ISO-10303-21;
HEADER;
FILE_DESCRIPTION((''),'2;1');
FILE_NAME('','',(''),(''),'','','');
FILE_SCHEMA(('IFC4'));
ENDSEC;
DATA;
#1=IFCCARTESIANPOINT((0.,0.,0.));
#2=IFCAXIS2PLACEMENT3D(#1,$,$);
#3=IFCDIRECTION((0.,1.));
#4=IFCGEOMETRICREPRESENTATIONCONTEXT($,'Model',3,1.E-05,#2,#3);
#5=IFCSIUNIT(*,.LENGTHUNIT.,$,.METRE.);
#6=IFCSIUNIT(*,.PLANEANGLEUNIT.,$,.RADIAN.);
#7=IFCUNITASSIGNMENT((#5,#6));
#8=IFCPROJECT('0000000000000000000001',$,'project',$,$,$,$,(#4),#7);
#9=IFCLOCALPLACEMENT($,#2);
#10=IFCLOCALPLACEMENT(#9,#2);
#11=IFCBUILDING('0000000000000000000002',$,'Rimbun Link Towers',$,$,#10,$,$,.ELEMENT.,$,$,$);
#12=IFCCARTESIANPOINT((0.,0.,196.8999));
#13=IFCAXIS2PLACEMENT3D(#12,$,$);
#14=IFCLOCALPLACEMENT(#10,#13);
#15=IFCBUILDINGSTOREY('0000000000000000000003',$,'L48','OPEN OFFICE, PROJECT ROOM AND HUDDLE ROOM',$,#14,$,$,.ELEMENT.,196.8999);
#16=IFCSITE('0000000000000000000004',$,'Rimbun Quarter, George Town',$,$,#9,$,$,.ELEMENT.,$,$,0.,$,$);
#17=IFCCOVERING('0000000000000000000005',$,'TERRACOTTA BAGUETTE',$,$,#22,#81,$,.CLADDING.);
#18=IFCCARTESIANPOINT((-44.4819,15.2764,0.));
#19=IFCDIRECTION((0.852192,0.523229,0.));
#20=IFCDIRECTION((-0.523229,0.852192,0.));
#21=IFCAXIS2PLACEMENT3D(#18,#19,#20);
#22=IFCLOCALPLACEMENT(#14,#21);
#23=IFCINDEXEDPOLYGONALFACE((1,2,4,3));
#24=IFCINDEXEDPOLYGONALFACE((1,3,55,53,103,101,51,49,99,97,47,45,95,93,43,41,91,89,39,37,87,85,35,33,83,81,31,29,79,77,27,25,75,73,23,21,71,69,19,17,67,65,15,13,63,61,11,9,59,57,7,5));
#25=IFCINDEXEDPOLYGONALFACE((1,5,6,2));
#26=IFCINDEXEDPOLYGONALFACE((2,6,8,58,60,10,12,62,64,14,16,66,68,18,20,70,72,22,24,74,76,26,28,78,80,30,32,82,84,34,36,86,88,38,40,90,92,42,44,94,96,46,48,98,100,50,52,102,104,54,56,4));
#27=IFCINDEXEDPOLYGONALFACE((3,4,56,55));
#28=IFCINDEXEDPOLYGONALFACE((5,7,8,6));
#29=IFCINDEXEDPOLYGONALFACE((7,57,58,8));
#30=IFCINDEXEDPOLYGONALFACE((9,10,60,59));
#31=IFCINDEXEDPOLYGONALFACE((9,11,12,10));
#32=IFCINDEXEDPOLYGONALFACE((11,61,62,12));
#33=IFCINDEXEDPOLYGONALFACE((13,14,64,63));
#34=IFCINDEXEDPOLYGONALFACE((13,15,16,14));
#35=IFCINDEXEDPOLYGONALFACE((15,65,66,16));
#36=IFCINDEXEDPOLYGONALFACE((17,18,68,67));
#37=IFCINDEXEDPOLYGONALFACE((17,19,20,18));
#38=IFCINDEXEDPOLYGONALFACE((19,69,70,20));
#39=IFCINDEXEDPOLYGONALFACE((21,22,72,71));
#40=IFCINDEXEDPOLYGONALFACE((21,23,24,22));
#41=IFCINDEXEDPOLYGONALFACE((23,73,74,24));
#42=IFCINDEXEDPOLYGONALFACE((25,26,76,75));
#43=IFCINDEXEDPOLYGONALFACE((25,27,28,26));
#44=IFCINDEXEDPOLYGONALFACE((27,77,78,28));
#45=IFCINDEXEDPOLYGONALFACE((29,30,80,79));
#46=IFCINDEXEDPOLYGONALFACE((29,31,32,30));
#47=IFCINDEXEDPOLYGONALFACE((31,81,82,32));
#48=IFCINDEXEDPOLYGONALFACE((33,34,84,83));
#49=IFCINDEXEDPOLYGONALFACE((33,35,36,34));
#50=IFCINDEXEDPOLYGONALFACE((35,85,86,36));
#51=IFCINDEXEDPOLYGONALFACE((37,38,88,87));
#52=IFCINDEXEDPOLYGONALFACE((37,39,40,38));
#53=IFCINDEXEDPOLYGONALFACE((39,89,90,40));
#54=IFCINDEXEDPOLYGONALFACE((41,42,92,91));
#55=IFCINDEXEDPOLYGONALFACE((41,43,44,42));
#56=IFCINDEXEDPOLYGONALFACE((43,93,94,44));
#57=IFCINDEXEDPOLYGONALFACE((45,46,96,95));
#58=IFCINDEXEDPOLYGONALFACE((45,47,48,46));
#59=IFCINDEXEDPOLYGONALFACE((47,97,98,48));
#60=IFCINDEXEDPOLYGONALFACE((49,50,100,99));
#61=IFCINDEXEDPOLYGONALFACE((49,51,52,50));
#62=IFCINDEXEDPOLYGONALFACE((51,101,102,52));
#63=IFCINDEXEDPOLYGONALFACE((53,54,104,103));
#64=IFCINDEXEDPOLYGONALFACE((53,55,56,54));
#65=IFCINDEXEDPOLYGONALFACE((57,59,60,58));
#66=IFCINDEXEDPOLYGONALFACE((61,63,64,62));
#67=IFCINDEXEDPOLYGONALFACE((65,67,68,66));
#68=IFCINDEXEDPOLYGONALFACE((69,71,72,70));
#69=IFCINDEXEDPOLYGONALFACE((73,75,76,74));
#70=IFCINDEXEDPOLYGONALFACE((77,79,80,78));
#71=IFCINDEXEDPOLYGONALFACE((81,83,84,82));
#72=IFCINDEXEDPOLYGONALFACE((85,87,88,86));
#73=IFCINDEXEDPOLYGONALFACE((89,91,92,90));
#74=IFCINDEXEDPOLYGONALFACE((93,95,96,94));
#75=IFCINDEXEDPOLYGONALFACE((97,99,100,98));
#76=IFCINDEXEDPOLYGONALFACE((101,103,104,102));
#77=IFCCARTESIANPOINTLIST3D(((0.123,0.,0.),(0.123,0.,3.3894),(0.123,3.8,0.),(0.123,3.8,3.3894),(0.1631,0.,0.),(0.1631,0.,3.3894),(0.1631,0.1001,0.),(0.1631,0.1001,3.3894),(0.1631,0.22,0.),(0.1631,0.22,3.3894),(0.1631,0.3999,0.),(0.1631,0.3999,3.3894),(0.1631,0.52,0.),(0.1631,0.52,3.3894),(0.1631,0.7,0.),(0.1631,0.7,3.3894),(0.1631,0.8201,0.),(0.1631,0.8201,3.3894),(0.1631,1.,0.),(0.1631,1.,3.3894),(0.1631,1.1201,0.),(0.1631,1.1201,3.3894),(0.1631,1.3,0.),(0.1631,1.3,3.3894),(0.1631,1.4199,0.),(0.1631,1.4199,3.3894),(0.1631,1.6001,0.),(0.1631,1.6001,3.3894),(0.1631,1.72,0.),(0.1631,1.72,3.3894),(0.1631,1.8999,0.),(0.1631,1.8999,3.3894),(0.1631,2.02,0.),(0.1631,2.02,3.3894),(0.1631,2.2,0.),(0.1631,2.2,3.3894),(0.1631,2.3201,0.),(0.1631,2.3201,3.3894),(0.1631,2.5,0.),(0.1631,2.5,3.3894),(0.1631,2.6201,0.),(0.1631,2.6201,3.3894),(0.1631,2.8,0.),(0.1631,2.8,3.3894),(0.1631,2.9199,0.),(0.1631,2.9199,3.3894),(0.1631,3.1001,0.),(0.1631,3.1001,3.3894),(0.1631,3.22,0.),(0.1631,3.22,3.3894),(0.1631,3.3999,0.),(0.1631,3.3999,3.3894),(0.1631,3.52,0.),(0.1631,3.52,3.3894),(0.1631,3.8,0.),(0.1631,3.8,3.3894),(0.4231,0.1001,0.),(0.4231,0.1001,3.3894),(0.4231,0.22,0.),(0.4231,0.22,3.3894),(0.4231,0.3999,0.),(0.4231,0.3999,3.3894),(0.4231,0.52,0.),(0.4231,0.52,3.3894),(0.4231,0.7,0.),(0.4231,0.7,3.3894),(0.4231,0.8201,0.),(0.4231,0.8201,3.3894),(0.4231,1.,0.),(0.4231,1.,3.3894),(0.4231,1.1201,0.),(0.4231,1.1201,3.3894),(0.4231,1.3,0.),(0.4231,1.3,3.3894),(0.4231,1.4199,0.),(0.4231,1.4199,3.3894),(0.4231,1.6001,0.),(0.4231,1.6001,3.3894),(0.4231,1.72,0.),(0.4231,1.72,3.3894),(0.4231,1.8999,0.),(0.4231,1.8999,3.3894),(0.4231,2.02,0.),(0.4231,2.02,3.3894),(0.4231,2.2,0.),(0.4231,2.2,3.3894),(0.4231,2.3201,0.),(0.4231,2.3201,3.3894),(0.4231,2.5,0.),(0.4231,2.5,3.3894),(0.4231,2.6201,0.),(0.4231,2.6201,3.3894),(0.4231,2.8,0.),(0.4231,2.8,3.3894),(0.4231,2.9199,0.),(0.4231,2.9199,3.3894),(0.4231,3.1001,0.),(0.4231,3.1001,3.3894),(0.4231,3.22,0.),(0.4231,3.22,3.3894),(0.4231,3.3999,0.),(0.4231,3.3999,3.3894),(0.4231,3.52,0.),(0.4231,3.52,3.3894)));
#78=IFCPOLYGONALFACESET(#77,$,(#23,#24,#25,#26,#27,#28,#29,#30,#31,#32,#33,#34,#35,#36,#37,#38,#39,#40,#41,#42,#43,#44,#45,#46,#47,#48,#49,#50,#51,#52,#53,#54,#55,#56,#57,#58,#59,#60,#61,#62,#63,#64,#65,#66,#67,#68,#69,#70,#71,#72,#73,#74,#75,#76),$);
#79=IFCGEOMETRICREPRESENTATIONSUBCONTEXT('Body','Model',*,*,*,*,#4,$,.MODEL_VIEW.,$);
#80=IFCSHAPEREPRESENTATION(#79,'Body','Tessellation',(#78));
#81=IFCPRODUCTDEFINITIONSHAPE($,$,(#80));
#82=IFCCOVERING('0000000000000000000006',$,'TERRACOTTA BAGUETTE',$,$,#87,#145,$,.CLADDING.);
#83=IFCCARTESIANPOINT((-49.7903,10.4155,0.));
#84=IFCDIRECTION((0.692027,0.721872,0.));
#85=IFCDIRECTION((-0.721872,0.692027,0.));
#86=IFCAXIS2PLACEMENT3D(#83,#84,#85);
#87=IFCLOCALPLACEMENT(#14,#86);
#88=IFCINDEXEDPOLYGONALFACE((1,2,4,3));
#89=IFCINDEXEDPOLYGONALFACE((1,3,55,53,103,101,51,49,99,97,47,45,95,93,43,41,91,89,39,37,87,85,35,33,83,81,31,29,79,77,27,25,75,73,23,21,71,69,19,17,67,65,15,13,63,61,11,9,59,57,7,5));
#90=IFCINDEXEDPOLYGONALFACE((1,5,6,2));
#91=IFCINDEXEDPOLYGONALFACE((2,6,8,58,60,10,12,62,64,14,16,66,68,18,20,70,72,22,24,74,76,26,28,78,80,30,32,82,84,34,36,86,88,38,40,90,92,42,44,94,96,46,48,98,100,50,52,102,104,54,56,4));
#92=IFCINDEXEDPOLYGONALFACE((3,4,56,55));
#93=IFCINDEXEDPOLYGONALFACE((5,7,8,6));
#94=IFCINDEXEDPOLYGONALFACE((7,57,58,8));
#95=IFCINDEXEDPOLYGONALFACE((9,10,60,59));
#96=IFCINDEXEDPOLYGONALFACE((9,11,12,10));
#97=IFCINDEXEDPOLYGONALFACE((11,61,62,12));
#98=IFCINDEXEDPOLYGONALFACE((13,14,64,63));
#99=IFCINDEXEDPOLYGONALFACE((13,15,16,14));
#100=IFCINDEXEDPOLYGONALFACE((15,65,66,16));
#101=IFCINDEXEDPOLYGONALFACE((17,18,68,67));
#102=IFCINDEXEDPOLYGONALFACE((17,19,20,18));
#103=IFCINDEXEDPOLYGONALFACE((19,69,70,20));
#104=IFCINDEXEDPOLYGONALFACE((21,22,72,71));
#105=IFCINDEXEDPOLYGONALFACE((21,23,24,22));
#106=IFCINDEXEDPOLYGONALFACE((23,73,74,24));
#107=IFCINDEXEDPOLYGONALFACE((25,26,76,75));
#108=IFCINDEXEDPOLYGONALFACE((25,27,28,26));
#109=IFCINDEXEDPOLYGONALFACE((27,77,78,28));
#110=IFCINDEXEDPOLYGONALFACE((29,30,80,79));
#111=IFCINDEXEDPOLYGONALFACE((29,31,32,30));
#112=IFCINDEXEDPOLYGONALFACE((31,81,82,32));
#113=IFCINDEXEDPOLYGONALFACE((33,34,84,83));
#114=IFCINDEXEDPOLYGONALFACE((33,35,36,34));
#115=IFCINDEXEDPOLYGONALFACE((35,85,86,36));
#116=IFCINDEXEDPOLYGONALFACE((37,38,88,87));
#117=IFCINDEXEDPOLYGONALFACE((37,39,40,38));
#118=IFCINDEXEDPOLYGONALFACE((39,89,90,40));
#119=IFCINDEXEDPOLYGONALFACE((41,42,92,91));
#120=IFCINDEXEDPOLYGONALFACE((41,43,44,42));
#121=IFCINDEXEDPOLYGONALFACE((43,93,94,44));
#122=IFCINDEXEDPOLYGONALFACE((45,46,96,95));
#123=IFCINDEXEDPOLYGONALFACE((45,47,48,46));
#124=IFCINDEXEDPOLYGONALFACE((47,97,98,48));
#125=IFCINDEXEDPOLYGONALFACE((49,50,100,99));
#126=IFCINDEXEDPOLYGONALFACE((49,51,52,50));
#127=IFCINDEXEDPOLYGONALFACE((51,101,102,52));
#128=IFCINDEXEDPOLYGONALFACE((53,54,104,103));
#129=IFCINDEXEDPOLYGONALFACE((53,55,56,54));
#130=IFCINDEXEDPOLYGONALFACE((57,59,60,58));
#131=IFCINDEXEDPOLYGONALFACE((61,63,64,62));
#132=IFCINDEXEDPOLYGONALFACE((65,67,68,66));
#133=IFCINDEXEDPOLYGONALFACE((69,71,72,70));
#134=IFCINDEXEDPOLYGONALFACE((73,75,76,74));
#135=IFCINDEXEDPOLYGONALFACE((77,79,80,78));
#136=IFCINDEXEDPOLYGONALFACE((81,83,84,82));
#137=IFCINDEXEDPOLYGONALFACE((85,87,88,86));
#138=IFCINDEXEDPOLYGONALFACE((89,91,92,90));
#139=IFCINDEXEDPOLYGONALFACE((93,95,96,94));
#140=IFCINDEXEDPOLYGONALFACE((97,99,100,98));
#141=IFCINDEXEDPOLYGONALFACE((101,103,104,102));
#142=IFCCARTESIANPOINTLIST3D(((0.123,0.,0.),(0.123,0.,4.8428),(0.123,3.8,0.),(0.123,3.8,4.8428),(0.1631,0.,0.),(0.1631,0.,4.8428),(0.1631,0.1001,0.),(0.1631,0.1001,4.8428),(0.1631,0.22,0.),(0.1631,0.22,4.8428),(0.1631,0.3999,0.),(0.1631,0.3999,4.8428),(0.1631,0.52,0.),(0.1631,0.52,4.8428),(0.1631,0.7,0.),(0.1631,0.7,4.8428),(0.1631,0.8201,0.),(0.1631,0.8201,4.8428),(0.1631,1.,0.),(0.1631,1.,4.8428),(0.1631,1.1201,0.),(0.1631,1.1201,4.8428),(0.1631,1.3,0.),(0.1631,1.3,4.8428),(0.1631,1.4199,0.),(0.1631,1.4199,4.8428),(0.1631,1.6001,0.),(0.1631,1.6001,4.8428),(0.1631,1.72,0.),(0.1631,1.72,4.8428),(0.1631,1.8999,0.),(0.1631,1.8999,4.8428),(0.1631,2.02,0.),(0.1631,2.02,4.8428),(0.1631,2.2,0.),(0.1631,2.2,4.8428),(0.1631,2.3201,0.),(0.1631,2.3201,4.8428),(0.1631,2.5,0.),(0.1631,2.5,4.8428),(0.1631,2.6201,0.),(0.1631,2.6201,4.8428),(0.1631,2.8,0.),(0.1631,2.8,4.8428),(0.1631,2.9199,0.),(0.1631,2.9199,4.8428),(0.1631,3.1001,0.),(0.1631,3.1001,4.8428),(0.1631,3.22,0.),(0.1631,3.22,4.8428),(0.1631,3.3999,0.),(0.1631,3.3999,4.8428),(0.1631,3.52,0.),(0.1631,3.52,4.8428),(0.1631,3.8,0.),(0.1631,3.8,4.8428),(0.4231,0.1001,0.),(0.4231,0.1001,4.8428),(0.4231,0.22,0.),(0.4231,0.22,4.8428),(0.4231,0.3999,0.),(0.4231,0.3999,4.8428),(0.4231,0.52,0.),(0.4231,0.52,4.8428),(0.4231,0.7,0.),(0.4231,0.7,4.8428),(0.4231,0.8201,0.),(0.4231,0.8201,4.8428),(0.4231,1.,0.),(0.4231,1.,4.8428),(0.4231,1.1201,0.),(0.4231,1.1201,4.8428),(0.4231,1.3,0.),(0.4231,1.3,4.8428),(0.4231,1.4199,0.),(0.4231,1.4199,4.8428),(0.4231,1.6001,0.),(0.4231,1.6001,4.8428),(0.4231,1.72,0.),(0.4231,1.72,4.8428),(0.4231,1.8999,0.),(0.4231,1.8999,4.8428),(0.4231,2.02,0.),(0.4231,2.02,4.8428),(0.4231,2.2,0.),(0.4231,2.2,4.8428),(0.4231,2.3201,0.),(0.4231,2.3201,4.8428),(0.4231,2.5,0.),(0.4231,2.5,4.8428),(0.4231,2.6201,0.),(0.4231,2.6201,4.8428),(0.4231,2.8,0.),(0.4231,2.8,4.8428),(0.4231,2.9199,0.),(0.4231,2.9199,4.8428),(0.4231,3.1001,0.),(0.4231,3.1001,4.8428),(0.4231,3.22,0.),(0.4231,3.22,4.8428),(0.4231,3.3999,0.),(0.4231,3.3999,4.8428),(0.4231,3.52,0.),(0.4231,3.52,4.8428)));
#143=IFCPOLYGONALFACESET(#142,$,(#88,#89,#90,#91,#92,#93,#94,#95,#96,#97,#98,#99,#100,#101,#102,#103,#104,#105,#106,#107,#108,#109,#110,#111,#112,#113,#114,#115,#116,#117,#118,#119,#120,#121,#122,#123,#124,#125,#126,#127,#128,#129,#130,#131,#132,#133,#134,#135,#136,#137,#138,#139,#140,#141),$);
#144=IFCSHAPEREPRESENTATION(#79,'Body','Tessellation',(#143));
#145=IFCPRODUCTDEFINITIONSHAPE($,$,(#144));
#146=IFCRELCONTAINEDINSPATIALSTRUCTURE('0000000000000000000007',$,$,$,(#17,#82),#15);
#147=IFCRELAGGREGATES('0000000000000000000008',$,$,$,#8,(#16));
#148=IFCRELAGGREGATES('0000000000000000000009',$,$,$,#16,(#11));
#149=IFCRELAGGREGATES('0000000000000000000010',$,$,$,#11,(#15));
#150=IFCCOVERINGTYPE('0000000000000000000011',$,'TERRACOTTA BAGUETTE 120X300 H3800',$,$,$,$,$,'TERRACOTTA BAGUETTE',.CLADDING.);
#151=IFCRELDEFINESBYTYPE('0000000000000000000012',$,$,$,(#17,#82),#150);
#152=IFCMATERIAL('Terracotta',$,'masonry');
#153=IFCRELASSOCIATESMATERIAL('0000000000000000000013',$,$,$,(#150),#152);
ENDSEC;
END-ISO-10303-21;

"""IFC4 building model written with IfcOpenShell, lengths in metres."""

from ifc_helpers import new_model, si_unit, direction, frame, origin, place, context, subcontext, project, spatial, polyline, outline, extrude, material, material_profile, profile_set, type_object, element, save


model = new_model("IFC4")

# Units and contexts
model_context = context("Model", 3, precision=1e-05, world=origin(), true_north=direction((0.0, 1.0)))
body_context = subcontext(model_context, "Body", "Model", "MODEL_VIEW")
ifc_project = project(units=[si_unit("LENGTHUNIT", "METRE"), si_unit("PLANEANGLEUNIT", "RADIAN")], contexts=[model_context])

# Site, building, storey
site_placement = place(None, origin())
site = spatial("IfcSite", under=ifc_project, at=site_placement, Name="Rimbun Quarter, George Town", CompositionType="ELEMENT", RefElevation=0.0)
building_placement = place(site_placement, origin())
building = spatial("IfcBuilding", under=site, at=building_placement, Name="Rimbun Link Towers", CompositionType="ELEMENT")
storey_placement = place(building_placement, frame((0.0, 0.0, 196.8999)))
storey = spatial("IfcBuildingStorey", under=building, at=storey_placement, Name="L48", Description="OPEN OFFICE, PROJECT ROOM AND HUDDLE ROOM", CompositionType="ELEMENT", Elevation=196.8999)

# Coverings
ifc_material_1 = material(Name="Terracotta", Category="masonry")
ifc_material_profile_1 = material_profile(ifc_material_1, outline(polyline([(0.123, 0.0), (0.1631, 0.0), (0.1631, 0.1001), (0.4231, 0.1001), (0.4231, 0.22), (0.1631, 0.22), (0.1631, 0.3999), (0.4231, 0.3999), (0.4231, 0.52), (0.1631, 0.52), (0.1631, 0.7), (0.4231, 0.7), (0.4231, 0.8201), (0.1631, 0.8201), (0.1631, 1.0), (0.4231, 1.0), (0.4231, 1.1201), (0.1631, 1.1201), (0.1631, 1.3), (0.4231, 1.3), (0.4231, 1.4199), (0.1631, 1.4199), (0.1631, 1.6001), (0.4231, 1.6001), (0.4231, 1.72), (0.1631, 1.72), (0.1631, 1.8999), (0.4231, 1.8999), (0.4231, 2.02), (0.1631, 2.02), (0.1631, 2.2), (0.4231, 2.2), (0.4231, 2.3201), (0.1631, 2.3201), (0.1631, 2.5), (0.4231, 2.5), (0.4231, 2.6201), (0.1631, 2.6201), (0.1631, 2.8), (0.4231, 2.8), (0.4231, 2.9199), (0.1631, 2.9199), (0.1631, 3.1001), (0.4231, 3.1001), (0.4231, 3.22), (0.1631, 3.22), (0.1631, 3.3999), (0.4231, 3.3999), (0.4231, 3.52), (0.1631, 3.52), (0.1631, 3.8), (0.123, 3.8), (0.123, 0.0)])), Name="BAGUETTE 120X300")
ifc_profile_set_1 = profile_set([ifc_material_profile_1], Name="Terracotta")
covering_type = type_object("IfcCoveringType", Name="TERRACOTTA BAGUETTE 120X300 H3800", ElementType="TERRACOTTA BAGUETTE", PredefinedType="CLADDING", material=ifc_profile_set_1)
covering_1_placement = place(storey_placement, frame((-44.4819, 15.2764, 0.0), z_axis=(0.852192, 0.523229, 0.0), x_axis=(-0.523229, 0.852192, 0.0)))
element("IfcCovering", 1, at=covering_1_placement, inside=storey, type_object=covering_type, Name="TERRACOTTA BAGUETTE", PredefinedType="CLADDING", context=body_context, shape_type="SweptSolid", body=[
    extrude(outline(polyline([(0.123, 0.0), (0.1631, 0.0), (0.1631, 0.1001), (0.4231, 0.1001), (0.4231, 0.22), (0.1631, 0.22), (0.1631, 0.3999), (0.4231, 0.3999), (0.4231, 0.52), (0.1631, 0.52), (0.1631, 0.7), (0.4231, 0.7), (0.4231, 0.8201), (0.1631, 0.8201), (0.1631, 1.0), (0.4231, 1.0), (0.4231, 1.1201), (0.1631, 1.1201), (0.1631, 1.3), (0.4231, 1.3), (0.4231, 1.4199), (0.1631, 1.4199), (0.1631, 1.6001), (0.4231, 1.6001), (0.4231, 1.72), (0.1631, 1.72), (0.1631, 1.8999), (0.4231, 1.8999), (0.4231, 2.02), (0.1631, 2.02), (0.1631, 2.2), (0.4231, 2.2), (0.4231, 2.3201), (0.1631, 2.3201), (0.1631, 2.5), (0.4231, 2.5), (0.4231, 2.6201), (0.1631, 2.6201), (0.1631, 2.8), (0.4231, 2.8), (0.4231, 2.9199), (0.1631, 2.9199), (0.1631, 3.1001), (0.4231, 3.1001), (0.4231, 3.22), (0.1631, 3.22), (0.1631, 3.3999), (0.4231, 3.3999), (0.4231, 3.52), (0.1631, 3.52), (0.1631, 3.8), (0.123, 3.8), (0.123, 0.0)])), origin(), (0.0, 0.0, 1.0), 3.3894),
])
covering_2_placement = place(storey_placement, frame((-49.7903, 10.4155, 0.0), z_axis=(0.692027, 0.721872, 0.0), x_axis=(-0.721872, 0.692027, 0.0)))
element("IfcCovering", 2, at=covering_2_placement, inside=storey, type_object=covering_type, Name="TERRACOTTA BAGUETTE", PredefinedType="CLADDING", context=body_context, shape_type="SweptSolid", body=[
    extrude(outline(polyline([(0.123, 0.0), (0.1631, 0.0), (0.1631, 0.1001), (0.4231, 0.1001), (0.4231, 0.22), (0.1631, 0.22), (0.1631, 0.3999), (0.4231, 0.3999), (0.4231, 0.52), (0.1631, 0.52), (0.1631, 0.7), (0.4231, 0.7), (0.4231, 0.8201), (0.1631, 0.8201), (0.1631, 1.0), (0.4231, 1.0), (0.4231, 1.1201), (0.1631, 1.1201), (0.1631, 1.3), (0.4231, 1.3), (0.4231, 1.4199), (0.1631, 1.4199), (0.1631, 1.6001), (0.4231, 1.6001), (0.4231, 1.72), (0.1631, 1.72), (0.1631, 1.8999), (0.4231, 1.8999), (0.4231, 2.02), (0.1631, 2.02), (0.1631, 2.2), (0.4231, 2.2), (0.4231, 2.3201), (0.1631, 2.3201), (0.1631, 2.5), (0.4231, 2.5), (0.4231, 2.6201), (0.1631, 2.6201), (0.1631, 2.8), (0.4231, 2.8), (0.4231, 2.9199), (0.1631, 2.9199), (0.1631, 3.1001), (0.4231, 3.1001), (0.4231, 3.22), (0.1631, 3.22), (0.1631, 3.3999), (0.4231, 3.3999), (0.4231, 3.52), (0.1631, 3.52), (0.1631, 3.8), (0.123, 3.8), (0.123, 0.0)])), origin(), (0.0, 0.0, 1.0), 4.8428),
])

save(model, "model.ifc")
